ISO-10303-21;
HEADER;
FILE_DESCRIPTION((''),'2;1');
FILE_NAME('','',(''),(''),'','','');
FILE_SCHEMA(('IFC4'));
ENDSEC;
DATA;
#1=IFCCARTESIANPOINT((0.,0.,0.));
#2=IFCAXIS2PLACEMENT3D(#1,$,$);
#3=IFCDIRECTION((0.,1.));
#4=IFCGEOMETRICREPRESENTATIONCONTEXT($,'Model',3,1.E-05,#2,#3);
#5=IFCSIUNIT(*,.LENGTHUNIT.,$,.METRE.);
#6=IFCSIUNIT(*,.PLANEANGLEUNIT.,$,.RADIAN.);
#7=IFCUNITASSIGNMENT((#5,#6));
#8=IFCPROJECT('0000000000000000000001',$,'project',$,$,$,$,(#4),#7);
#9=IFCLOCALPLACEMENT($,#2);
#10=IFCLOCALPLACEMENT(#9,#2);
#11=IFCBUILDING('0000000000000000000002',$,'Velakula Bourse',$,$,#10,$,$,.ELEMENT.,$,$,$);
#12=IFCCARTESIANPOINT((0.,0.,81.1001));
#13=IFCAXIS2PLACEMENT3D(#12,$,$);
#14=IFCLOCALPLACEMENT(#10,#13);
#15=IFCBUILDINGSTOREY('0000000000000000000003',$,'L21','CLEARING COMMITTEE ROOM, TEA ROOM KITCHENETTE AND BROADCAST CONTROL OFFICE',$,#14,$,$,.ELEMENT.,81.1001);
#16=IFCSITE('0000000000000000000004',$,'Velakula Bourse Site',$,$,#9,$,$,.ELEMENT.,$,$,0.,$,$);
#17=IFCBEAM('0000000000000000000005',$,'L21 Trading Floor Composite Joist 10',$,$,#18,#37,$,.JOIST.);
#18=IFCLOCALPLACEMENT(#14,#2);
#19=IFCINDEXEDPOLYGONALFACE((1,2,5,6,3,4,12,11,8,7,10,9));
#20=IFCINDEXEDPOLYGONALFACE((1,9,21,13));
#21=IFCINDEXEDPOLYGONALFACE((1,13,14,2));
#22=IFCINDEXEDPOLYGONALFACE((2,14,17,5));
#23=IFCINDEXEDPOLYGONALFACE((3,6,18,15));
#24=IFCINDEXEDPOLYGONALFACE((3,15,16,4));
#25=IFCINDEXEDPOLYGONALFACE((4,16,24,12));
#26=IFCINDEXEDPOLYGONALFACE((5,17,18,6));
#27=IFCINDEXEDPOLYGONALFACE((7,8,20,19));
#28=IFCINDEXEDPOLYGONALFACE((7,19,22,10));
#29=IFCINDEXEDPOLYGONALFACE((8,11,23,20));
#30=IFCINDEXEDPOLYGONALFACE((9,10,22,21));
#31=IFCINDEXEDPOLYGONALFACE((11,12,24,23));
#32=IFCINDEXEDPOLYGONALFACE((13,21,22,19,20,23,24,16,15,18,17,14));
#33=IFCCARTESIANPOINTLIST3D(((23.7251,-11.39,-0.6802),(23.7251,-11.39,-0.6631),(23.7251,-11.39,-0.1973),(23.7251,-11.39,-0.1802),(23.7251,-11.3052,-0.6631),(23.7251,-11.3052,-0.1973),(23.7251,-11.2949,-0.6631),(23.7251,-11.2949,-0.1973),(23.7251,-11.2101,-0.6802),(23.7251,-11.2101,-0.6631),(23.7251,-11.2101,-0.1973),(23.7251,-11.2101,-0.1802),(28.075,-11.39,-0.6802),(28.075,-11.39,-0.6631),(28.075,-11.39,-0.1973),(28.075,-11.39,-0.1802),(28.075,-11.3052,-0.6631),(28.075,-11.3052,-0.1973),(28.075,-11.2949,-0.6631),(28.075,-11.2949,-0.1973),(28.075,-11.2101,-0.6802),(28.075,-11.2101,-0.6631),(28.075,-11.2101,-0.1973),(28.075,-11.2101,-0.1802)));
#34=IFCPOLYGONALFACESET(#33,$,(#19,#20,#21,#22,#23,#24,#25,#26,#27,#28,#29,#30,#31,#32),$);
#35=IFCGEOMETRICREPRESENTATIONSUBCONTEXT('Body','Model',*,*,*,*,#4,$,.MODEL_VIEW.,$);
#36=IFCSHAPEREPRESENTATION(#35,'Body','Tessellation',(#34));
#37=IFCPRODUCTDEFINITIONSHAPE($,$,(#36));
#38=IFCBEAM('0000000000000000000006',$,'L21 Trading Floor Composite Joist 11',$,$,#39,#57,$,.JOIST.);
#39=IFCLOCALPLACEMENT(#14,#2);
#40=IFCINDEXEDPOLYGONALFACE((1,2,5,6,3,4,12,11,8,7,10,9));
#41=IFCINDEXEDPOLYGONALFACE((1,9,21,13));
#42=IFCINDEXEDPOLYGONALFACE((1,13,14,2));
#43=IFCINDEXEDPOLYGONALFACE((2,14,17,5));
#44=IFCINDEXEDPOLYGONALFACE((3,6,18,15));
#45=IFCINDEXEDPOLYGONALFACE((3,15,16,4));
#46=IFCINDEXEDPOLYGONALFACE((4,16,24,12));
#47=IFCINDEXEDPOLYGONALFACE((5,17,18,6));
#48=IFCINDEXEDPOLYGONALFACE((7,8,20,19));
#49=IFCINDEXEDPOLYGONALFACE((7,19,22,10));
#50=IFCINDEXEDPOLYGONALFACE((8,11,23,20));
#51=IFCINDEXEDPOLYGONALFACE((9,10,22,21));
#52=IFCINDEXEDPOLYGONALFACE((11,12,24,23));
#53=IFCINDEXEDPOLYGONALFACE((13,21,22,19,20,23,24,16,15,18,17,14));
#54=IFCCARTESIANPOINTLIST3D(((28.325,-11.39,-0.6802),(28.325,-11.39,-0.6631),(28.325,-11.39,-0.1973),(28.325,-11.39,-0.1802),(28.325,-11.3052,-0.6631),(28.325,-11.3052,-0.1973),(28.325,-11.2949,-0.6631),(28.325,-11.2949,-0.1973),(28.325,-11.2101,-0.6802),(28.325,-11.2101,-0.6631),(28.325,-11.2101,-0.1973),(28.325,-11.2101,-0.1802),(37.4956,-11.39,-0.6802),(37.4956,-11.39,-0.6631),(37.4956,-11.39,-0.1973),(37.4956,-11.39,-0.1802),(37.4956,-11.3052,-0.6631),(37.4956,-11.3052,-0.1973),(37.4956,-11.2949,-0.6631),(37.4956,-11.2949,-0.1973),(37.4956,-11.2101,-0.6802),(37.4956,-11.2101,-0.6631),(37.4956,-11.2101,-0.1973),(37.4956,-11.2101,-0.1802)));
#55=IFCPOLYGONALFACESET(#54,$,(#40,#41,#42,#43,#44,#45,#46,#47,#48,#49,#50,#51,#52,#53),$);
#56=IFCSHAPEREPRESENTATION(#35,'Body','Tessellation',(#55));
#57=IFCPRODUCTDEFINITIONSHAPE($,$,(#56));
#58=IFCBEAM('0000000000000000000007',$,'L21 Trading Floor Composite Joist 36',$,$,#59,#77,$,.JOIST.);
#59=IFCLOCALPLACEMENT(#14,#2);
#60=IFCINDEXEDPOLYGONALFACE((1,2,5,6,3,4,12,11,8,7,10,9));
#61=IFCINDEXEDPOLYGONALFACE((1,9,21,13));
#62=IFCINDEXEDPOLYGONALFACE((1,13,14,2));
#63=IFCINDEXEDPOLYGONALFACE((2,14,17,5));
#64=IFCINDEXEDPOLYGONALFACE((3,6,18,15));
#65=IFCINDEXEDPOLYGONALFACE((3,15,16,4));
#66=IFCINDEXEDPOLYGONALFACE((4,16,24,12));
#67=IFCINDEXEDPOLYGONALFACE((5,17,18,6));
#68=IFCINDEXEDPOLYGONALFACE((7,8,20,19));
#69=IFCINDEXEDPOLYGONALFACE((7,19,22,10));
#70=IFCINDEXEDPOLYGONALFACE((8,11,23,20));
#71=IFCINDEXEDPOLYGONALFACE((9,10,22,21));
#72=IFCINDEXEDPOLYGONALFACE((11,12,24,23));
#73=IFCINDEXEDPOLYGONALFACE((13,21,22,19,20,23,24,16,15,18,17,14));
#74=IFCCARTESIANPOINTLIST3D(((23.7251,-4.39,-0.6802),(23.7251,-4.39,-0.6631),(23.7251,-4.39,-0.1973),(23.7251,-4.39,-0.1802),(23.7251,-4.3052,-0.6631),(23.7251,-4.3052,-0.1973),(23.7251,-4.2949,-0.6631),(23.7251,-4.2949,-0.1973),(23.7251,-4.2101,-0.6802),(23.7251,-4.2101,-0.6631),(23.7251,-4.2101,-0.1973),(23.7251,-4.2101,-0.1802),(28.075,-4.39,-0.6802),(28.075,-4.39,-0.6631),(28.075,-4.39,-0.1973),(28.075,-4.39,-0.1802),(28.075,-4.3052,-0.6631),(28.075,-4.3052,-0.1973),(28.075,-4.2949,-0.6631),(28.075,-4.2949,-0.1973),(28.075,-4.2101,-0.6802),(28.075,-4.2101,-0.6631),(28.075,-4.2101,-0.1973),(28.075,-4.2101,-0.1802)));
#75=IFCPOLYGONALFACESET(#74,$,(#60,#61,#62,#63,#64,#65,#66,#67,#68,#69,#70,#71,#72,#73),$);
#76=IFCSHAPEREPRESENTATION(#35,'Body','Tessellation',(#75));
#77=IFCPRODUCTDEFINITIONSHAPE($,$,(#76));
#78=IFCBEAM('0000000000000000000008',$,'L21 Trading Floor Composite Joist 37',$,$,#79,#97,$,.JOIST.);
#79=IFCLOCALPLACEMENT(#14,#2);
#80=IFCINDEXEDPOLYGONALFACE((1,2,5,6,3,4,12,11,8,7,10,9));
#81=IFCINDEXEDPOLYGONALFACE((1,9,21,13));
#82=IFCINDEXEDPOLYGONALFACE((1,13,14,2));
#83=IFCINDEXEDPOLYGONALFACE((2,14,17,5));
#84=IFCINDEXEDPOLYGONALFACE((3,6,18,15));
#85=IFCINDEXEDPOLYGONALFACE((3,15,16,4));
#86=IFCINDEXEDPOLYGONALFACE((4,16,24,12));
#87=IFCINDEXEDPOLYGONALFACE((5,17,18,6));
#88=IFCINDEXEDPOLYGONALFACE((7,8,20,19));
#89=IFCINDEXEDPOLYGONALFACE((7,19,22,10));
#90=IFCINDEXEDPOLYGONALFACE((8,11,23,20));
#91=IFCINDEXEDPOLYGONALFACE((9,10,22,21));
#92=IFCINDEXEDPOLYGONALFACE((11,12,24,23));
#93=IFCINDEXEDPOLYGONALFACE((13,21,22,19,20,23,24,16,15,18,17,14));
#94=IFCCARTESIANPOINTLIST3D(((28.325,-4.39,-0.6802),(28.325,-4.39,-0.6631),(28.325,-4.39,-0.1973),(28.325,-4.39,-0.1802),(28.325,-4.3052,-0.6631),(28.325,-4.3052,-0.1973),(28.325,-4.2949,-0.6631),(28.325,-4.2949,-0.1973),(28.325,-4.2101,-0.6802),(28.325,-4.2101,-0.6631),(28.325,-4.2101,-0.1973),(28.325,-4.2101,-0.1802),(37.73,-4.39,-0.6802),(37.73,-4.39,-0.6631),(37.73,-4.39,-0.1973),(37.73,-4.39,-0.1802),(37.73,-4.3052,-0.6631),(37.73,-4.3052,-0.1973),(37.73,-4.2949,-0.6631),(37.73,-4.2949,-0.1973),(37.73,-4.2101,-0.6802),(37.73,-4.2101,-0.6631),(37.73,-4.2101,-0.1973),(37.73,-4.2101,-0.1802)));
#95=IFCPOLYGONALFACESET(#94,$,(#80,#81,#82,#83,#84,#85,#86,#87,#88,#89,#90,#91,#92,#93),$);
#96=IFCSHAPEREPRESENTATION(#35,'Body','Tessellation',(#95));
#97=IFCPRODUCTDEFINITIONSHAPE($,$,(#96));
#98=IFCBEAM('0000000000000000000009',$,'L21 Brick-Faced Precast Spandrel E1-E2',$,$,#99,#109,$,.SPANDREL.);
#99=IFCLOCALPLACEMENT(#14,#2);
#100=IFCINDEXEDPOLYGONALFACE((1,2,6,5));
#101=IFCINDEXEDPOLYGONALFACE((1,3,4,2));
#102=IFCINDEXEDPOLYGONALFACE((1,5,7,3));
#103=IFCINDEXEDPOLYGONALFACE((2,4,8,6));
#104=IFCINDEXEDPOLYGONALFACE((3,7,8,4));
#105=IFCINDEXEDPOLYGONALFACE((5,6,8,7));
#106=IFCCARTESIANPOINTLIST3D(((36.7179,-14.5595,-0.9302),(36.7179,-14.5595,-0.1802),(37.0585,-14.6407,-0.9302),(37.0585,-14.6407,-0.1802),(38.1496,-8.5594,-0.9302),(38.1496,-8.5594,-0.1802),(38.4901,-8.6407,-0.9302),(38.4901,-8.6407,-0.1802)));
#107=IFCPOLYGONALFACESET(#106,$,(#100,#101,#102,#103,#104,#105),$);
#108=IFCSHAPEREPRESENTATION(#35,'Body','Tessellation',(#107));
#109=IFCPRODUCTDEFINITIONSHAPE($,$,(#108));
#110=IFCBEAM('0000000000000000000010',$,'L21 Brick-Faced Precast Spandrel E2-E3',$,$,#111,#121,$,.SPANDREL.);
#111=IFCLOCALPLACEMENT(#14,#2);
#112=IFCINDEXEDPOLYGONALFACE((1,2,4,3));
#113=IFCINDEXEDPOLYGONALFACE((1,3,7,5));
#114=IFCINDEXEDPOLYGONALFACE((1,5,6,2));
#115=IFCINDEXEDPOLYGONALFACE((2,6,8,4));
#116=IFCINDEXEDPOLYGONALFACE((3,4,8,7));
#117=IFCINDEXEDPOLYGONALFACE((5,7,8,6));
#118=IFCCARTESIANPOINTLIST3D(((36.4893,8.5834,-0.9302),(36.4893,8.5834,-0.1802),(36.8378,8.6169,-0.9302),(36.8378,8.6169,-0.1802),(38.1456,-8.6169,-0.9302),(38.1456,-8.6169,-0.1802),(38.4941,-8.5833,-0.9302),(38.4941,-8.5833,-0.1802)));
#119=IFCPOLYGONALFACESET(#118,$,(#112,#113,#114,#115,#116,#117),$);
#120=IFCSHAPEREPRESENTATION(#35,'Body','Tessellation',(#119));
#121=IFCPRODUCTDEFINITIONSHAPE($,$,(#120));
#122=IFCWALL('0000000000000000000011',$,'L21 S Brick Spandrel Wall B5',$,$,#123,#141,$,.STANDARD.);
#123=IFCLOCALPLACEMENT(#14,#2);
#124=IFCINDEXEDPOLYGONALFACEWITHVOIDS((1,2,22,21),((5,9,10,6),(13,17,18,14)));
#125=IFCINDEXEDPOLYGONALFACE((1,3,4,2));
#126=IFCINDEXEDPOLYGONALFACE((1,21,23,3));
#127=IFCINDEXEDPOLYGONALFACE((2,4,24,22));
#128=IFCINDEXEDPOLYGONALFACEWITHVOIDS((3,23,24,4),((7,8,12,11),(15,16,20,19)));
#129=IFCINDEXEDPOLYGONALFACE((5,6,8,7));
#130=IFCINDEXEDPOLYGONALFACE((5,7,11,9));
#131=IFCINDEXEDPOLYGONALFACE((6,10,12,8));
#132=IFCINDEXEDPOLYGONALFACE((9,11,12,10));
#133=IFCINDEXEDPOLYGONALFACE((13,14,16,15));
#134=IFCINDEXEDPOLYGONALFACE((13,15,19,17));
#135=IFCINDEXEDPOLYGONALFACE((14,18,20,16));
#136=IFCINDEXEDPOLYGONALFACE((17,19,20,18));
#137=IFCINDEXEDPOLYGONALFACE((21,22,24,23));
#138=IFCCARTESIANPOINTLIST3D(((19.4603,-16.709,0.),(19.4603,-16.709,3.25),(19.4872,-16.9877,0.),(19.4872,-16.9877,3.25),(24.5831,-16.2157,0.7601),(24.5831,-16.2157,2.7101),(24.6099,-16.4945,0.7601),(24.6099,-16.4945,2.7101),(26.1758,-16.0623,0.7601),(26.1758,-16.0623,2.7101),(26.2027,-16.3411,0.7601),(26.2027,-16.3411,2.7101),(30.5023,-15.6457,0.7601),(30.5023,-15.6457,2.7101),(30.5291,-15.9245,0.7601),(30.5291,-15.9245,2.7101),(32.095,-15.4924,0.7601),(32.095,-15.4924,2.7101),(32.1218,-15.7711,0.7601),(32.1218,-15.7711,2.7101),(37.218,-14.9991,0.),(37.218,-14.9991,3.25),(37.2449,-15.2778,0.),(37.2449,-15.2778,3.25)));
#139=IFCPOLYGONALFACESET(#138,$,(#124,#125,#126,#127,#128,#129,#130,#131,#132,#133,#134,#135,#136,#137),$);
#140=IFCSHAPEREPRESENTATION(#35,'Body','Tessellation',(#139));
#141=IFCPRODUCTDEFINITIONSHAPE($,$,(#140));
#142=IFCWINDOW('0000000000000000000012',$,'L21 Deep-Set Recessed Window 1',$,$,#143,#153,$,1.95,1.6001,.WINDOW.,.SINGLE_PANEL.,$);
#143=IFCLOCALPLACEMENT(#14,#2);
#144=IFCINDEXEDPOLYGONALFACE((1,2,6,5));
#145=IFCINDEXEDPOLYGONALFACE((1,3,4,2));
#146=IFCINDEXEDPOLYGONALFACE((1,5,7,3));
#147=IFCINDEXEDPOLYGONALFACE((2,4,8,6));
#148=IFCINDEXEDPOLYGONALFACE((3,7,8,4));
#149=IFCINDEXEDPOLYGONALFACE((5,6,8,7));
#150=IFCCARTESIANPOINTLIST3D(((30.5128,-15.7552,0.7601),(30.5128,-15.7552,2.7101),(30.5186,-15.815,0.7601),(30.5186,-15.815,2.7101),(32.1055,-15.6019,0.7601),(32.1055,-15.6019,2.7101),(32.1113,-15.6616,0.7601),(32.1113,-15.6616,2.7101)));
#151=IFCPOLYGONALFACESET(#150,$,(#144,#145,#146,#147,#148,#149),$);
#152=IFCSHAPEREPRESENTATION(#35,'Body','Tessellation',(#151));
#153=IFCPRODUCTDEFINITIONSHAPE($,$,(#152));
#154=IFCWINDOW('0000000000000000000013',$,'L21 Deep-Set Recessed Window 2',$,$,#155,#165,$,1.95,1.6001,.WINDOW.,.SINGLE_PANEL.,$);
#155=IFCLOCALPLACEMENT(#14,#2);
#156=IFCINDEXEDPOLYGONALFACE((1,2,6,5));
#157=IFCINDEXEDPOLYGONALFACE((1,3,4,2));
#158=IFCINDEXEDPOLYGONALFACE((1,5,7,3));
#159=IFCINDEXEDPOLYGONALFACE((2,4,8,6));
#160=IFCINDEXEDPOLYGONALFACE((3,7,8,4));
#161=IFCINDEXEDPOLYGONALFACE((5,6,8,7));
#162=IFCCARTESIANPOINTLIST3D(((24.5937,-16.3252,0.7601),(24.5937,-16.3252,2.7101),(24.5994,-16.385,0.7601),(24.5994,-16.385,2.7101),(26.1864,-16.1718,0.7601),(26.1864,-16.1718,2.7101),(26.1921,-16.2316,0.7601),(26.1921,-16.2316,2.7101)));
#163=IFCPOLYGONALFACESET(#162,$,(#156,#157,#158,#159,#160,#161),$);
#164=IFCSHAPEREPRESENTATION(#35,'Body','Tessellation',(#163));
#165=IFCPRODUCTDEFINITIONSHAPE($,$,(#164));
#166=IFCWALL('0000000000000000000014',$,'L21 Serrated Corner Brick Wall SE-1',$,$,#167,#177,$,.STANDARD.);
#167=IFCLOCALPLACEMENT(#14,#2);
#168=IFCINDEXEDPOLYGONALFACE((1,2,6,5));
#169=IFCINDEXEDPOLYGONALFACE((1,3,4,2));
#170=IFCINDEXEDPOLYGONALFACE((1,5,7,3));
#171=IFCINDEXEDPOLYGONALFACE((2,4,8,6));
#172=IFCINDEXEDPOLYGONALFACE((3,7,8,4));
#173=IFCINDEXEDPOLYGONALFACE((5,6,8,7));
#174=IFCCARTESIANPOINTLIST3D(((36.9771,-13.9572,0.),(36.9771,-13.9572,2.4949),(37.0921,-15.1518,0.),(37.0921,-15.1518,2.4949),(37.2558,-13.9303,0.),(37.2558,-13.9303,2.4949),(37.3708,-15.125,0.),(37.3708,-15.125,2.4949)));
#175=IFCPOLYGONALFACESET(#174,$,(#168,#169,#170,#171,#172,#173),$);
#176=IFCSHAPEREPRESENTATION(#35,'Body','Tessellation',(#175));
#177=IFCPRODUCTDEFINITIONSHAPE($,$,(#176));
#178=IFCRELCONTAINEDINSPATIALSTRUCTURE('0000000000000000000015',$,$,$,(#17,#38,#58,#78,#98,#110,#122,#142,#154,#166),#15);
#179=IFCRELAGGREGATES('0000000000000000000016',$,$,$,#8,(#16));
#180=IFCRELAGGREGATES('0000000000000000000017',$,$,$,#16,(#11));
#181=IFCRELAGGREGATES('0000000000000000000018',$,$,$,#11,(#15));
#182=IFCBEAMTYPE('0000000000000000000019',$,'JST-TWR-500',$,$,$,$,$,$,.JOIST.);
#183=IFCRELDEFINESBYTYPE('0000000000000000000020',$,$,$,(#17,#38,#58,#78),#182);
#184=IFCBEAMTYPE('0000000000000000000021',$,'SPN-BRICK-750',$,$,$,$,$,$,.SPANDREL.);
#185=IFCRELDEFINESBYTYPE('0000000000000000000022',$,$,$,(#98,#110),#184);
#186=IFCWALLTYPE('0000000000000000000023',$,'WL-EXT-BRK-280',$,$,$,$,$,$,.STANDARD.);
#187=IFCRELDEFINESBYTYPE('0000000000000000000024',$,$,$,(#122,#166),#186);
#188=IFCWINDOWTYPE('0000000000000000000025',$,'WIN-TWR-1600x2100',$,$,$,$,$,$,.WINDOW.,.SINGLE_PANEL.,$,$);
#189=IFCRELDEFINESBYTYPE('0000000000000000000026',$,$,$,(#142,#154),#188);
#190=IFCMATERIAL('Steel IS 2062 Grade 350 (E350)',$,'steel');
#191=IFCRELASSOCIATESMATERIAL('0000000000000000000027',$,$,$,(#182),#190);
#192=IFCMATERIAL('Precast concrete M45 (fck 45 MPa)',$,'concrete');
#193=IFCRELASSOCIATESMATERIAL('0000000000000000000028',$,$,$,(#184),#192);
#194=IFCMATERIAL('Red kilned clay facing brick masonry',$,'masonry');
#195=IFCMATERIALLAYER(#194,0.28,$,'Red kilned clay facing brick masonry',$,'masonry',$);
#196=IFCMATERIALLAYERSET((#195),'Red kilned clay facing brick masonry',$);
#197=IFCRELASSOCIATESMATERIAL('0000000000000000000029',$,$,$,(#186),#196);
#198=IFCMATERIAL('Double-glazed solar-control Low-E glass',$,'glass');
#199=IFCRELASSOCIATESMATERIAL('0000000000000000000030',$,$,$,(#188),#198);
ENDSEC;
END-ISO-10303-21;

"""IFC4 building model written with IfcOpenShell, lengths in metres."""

from ifc_helpers import new_model, si_unit, direction, frame, frame_2d, origin, origin_2d, place, context, subcontext, project, spatial, rectangle, i_section, extrude, material, layer, layer_set, material_profile, profile_set, type_object, element, fill, save


model = new_model("IFC4")

# Units and contexts
model_context = context("Model", 3, precision=1e-05, world=origin(), true_north=direction((0.0, 1.0)))
body_context = subcontext(model_context, "Body", "Model", "MODEL_VIEW")
ifc_project = project(units=[si_unit("LENGTHUNIT", "METRE"), si_unit("PLANEANGLEUNIT", "RADIAN")], contexts=[model_context])

# Site, building, storey
site_placement = place(None, origin())
site = spatial("IfcSite", under=ifc_project, at=site_placement, Name="Velakula Bourse Site", CompositionType="ELEMENT", RefElevation=0.0)
building_placement = place(site_placement, origin())
building = spatial("IfcBuilding", under=site, at=building_placement, Name="Velakula Bourse", CompositionType="ELEMENT")
storey_placement = place(building_placement, frame((0.0, 0.0, 81.1001)))
storey = spatial("IfcBuildingStorey", under=building, at=storey_placement, Name="L21", Description="CLEARING COMMITTEE ROOM, TEA ROOM KITCHENETTE AND BROADCAST CONTROL OFFICE", CompositionType="ELEMENT", Elevation=81.1001)

# Beams
ifc_material_1 = material(Name="Steel IS 2062 Grade 350 (E350)", Category="steel")
ifc_material_profile_1 = material_profile(ifc_material_1, i_section(OverallWidth=0.1799, OverallDepth=0.5, WebThickness=0.0103, FlangeThickness=0.0171, at=origin_2d()), Name="Steel IS 2062 Grade 350 (E350)")
ifc_profile_set_1 = profile_set([ifc_material_profile_1], Name="Steel IS 2062 Grade 350 (E350)")
beam_type_1 = type_object("IfcBeamType", Name="JST-TWR-500", PredefinedType="JOIST", material=ifc_profile_set_1)
beam_1_placement = place(storey_placement, frame((23.7251, -11.3, -0.4302), z_axis=(1.0, 0.0, 0.0), x_axis=(0.0, 1.0, 0.0)))
element("IfcBeam", 1, at=beam_1_placement, inside=storey, type_object=beam_type_1, Name="L21 Trading Floor Composite Joist 10", PredefinedType="JOIST", context=body_context, shape_type="SweptSolid", body=[
    extrude(i_section(OverallWidth=0.1799, OverallDepth=0.5, WebThickness=0.0103, FlangeThickness=0.0171, at=origin_2d()), origin(), (0.0, 0.0, 1.0), 4.3499),
])
beam_2_placement = place(storey_placement, frame((28.325, -11.3, -0.4302), z_axis=(1.0, 0.0, 0.0), x_axis=(0.0, 1.0, 0.0)))
element("IfcBeam", 2, at=beam_2_placement, inside=storey, type_object=beam_type_1, Name="L21 Trading Floor Composite Joist 11", PredefinedType="JOIST", context=body_context, shape_type="SweptSolid", body=[
    extrude(i_section(OverallWidth=0.1799, OverallDepth=0.5, WebThickness=0.0103, FlangeThickness=0.0171, at=origin_2d()), origin(), (0.0, 0.0, 1.0), 9.1707),
])
beam_3_placement = place(storey_placement, frame((23.7251, -4.3, -0.4302), z_axis=(1.0, 0.0, 0.0), x_axis=(0.0, 1.0, 0.0)))
element("IfcBeam", 3, at=beam_3_placement, inside=storey, type_object=beam_type_1, Name="L21 Trading Floor Composite Joist 36", PredefinedType="JOIST", context=body_context, shape_type="SweptSolid", body=[
    extrude(i_section(OverallWidth=0.1799, OverallDepth=0.5, WebThickness=0.0103, FlangeThickness=0.0171, at=origin_2d()), origin(), (0.0, 0.0, 1.0), 4.3499),
])
beam_4_placement = place(storey_placement, frame((28.325, -4.3, -0.4302), z_axis=(1.0, 0.0, 0.0), x_axis=(0.0, 1.0, 0.0)))
element("IfcBeam", 4, at=beam_4_placement, inside=storey, type_object=beam_type_1, Name="L21 Trading Floor Composite Joist 37", PredefinedType="JOIST", context=body_context, shape_type="SweptSolid", body=[
    extrude(i_section(OverallWidth=0.1799, OverallDepth=0.5, WebThickness=0.0103, FlangeThickness=0.0171, at=origin_2d()), origin(), (0.0, 0.0, 1.0), 9.405),
])
ifc_material_2 = material(Name="Precast concrete M45 (fck 45 MPa)", Category="concrete")
ifc_material_profile_2 = material_profile(ifc_material_2, rectangle(XDim=0.3501, YDim=0.75, at=origin_2d()), Name="Precast concrete M45 (fck 45 MPa)")
ifc_profile_set_2 = profile_set([ifc_material_profile_2], Name="Precast concrete M45 (fck 45 MPa)")
beam_type_2 = type_object("IfcBeamType", Name="SPN-BRICK-750", PredefinedType="SPANDREL", material=ifc_profile_set_2)
beam_5_placement = place(storey_placement, frame((36.8882, -14.6001, -0.5552), z_axis=(0.232091, 0.972694, 0.0), x_axis=(-0.972694, 0.232091, 0.0)))
element("IfcBeam", 5, at=beam_5_placement, inside=storey, type_object=beam_type_2, Name="L21 Brick-Faced Precast Spandrel E1-E2", PredefinedType="SPANDREL", context=body_context, shape_type="SweptSolid", body=[
    extrude(rectangle(XDim=0.3501, YDim=0.75, at=origin_2d()), origin(), (0.0, 0.0, 1.0), 6.1685),
])
beam_6_placement = place(storey_placement, frame((38.3198, -8.6001, -0.5552), z_axis=(-0.095849, 0.995396, 0.0), x_axis=(-0.995396, -0.095849, 0.0)))
element("IfcBeam", 6, at=beam_6_placement, inside=storey, type_object=beam_type_2, Name="L21 Brick-Faced Precast Spandrel E2-E3", PredefinedType="SPANDREL", context=body_context, shape_type="SweptSolid", body=[
    extrude(rectangle(XDim=0.3501, YDim=0.75, at=origin_2d()), origin(), (0.0, 0.0, 1.0), 17.2798),
])

# Wall, openings, windows
ifc_material_3 = material(Name="Red kilned clay facing brick masonry", Category="masonry")
ifc_layer_1 = layer(ifc_material_3, 0.28, Name="Red kilned clay facing brick masonry", Category="masonry")
ifc_layer_set_1 = layer_set([ifc_layer_1], Name="Red kilned clay facing brick masonry")
wall_type_1 = type_object("IfcWallType", Name="WL-EXT-BRK-280", PredefinedType="STANDARD", material=ifc_layer_set_1)
wall_1_placement = place(storey_placement, frame((37.2314, -15.1384, 0.0), z_axis=(0.0, 0.0, 1.0), x_axis=(-0.995396, -0.09585, 0.0)))
wall_1 = element("IfcWall", 7, at=wall_1_placement, inside=storey, type_object=wall_type_1, Name="L21 S Brick Spandrel Wall B5", PredefinedType="STANDARD", context=body_context, shape_type="SweptSolid", body=[
    extrude(rectangle(XDim=17.8398, YDim=0.28, at=frame_2d((8.9199, 0.0))), origin(), (0.0, 0.0, 1.0), 3.25),
])
opening_1_placement = place(wall_1_placement, frame((5.1467, 0.0, 0.76)))
opening_1 = element("IfcOpeningElement", 8, at=opening_1_placement, cuts=wall_1, PredefinedType="OPENING", context=body_context, shape_type="SweptSolid", body=[
    extrude(rectangle(XDim=1.6001, YDim=1.95, at=frame_2d((0.8, 0.9751))), frame((0.0, 0.1499, 0.0), z_axis=(0.0, -1.0, 0.0), x_axis=(1.0, 0.0, 0.0)), (0.0, 0.0, 1.0), 0.3),
])
opening_2_placement = place(wall_1_placement, frame((11.0933, 0.0, 0.76)))
opening_2 = element("IfcOpeningElement", 9, at=opening_2_placement, cuts=wall_1, PredefinedType="OPENING", context=body_context, shape_type="SweptSolid", body=[
    extrude(rectangle(XDim=1.6001, YDim=1.95, at=frame_2d((0.8, 0.9751))), frame((0.0, 0.1499, 0.0), z_axis=(0.0, -1.0, 0.0), x_axis=(1.0, 0.0, 0.0)), (0.0, 0.0, 1.0), 0.3),
])
ifc_material_4 = material(Name="Double-glazed solar-control Low-E glass", Category="glass")
window_type = type_object("IfcWindowType", Name="WIN-TWR-1600x2100", PartitioningType="SINGLE_PANEL", PredefinedType="WINDOW", material=ifc_material_4)
window_1_placement = place(opening_1_placement, origin())
window_1 = element("IfcWindow", 10, at=window_1_placement, inside=storey, type_object=window_type, Name="L21 Deep-Set Recessed Window 1", OverallHeight=1.95, OverallWidth=1.6001, PartitioningType="SINGLE_PANEL", PredefinedType="WINDOW", context=body_context, shape_type="SweptSolid", body=[
    extrude(rectangle(XDim=1.6001, YDim=1.95, at=frame_2d((0.8, 0.9751))), frame((0.0, 0.03, 0.0), z_axis=(0.0, -1.0, 0.0), x_axis=(1.0, 0.0, 0.0)), (0.0, 0.0, 1.0), 0.0601),
])
fill(opening_1, window_1)
window_2_placement = place(opening_2_placement, origin())
window_2 = element("IfcWindow", 11, at=window_2_placement, inside=storey, type_object=window_type, Name="L21 Deep-Set Recessed Window 2", OverallHeight=1.95, OverallWidth=1.6001, PartitioningType="SINGLE_PANEL", PredefinedType="WINDOW", context=body_context, shape_type="SweptSolid", body=[
    extrude(rectangle(XDim=1.6001, YDim=1.95, at=frame_2d((0.8, 0.9751))), frame((0.0, 0.03, 0.0), z_axis=(0.0, -1.0, 0.0), x_axis=(1.0, 0.0, 0.0)), (0.0, 0.0, 1.0), 0.0601),
])
fill(opening_2, window_2)

# Wall
for number, where, z_axis, x_axis, name in (
    (12, (37.2314, -15.1384, 0.0), (0.0, 0.0, 1.0), (-0.095817, 0.995399, 0.0), "L21 Serrated Corner Brick Wall SE-1"),
):
    element("IfcWall", number, at=place(storey_placement, frame(where, z_axis=z_axis, x_axis=x_axis)), inside=storey, type_object=wall_type_1, Name=name, PredefinedType="STANDARD", context=body_context, shape_type="SweptSolid", body=[
        extrude(rectangle(XDim=1.2002, YDim=0.28, at=frame_2d((0.6001, 0.0))), origin(), (0.0, 0.0, 1.0), 2.4949),
    ])

save(model, "model.ifc")
